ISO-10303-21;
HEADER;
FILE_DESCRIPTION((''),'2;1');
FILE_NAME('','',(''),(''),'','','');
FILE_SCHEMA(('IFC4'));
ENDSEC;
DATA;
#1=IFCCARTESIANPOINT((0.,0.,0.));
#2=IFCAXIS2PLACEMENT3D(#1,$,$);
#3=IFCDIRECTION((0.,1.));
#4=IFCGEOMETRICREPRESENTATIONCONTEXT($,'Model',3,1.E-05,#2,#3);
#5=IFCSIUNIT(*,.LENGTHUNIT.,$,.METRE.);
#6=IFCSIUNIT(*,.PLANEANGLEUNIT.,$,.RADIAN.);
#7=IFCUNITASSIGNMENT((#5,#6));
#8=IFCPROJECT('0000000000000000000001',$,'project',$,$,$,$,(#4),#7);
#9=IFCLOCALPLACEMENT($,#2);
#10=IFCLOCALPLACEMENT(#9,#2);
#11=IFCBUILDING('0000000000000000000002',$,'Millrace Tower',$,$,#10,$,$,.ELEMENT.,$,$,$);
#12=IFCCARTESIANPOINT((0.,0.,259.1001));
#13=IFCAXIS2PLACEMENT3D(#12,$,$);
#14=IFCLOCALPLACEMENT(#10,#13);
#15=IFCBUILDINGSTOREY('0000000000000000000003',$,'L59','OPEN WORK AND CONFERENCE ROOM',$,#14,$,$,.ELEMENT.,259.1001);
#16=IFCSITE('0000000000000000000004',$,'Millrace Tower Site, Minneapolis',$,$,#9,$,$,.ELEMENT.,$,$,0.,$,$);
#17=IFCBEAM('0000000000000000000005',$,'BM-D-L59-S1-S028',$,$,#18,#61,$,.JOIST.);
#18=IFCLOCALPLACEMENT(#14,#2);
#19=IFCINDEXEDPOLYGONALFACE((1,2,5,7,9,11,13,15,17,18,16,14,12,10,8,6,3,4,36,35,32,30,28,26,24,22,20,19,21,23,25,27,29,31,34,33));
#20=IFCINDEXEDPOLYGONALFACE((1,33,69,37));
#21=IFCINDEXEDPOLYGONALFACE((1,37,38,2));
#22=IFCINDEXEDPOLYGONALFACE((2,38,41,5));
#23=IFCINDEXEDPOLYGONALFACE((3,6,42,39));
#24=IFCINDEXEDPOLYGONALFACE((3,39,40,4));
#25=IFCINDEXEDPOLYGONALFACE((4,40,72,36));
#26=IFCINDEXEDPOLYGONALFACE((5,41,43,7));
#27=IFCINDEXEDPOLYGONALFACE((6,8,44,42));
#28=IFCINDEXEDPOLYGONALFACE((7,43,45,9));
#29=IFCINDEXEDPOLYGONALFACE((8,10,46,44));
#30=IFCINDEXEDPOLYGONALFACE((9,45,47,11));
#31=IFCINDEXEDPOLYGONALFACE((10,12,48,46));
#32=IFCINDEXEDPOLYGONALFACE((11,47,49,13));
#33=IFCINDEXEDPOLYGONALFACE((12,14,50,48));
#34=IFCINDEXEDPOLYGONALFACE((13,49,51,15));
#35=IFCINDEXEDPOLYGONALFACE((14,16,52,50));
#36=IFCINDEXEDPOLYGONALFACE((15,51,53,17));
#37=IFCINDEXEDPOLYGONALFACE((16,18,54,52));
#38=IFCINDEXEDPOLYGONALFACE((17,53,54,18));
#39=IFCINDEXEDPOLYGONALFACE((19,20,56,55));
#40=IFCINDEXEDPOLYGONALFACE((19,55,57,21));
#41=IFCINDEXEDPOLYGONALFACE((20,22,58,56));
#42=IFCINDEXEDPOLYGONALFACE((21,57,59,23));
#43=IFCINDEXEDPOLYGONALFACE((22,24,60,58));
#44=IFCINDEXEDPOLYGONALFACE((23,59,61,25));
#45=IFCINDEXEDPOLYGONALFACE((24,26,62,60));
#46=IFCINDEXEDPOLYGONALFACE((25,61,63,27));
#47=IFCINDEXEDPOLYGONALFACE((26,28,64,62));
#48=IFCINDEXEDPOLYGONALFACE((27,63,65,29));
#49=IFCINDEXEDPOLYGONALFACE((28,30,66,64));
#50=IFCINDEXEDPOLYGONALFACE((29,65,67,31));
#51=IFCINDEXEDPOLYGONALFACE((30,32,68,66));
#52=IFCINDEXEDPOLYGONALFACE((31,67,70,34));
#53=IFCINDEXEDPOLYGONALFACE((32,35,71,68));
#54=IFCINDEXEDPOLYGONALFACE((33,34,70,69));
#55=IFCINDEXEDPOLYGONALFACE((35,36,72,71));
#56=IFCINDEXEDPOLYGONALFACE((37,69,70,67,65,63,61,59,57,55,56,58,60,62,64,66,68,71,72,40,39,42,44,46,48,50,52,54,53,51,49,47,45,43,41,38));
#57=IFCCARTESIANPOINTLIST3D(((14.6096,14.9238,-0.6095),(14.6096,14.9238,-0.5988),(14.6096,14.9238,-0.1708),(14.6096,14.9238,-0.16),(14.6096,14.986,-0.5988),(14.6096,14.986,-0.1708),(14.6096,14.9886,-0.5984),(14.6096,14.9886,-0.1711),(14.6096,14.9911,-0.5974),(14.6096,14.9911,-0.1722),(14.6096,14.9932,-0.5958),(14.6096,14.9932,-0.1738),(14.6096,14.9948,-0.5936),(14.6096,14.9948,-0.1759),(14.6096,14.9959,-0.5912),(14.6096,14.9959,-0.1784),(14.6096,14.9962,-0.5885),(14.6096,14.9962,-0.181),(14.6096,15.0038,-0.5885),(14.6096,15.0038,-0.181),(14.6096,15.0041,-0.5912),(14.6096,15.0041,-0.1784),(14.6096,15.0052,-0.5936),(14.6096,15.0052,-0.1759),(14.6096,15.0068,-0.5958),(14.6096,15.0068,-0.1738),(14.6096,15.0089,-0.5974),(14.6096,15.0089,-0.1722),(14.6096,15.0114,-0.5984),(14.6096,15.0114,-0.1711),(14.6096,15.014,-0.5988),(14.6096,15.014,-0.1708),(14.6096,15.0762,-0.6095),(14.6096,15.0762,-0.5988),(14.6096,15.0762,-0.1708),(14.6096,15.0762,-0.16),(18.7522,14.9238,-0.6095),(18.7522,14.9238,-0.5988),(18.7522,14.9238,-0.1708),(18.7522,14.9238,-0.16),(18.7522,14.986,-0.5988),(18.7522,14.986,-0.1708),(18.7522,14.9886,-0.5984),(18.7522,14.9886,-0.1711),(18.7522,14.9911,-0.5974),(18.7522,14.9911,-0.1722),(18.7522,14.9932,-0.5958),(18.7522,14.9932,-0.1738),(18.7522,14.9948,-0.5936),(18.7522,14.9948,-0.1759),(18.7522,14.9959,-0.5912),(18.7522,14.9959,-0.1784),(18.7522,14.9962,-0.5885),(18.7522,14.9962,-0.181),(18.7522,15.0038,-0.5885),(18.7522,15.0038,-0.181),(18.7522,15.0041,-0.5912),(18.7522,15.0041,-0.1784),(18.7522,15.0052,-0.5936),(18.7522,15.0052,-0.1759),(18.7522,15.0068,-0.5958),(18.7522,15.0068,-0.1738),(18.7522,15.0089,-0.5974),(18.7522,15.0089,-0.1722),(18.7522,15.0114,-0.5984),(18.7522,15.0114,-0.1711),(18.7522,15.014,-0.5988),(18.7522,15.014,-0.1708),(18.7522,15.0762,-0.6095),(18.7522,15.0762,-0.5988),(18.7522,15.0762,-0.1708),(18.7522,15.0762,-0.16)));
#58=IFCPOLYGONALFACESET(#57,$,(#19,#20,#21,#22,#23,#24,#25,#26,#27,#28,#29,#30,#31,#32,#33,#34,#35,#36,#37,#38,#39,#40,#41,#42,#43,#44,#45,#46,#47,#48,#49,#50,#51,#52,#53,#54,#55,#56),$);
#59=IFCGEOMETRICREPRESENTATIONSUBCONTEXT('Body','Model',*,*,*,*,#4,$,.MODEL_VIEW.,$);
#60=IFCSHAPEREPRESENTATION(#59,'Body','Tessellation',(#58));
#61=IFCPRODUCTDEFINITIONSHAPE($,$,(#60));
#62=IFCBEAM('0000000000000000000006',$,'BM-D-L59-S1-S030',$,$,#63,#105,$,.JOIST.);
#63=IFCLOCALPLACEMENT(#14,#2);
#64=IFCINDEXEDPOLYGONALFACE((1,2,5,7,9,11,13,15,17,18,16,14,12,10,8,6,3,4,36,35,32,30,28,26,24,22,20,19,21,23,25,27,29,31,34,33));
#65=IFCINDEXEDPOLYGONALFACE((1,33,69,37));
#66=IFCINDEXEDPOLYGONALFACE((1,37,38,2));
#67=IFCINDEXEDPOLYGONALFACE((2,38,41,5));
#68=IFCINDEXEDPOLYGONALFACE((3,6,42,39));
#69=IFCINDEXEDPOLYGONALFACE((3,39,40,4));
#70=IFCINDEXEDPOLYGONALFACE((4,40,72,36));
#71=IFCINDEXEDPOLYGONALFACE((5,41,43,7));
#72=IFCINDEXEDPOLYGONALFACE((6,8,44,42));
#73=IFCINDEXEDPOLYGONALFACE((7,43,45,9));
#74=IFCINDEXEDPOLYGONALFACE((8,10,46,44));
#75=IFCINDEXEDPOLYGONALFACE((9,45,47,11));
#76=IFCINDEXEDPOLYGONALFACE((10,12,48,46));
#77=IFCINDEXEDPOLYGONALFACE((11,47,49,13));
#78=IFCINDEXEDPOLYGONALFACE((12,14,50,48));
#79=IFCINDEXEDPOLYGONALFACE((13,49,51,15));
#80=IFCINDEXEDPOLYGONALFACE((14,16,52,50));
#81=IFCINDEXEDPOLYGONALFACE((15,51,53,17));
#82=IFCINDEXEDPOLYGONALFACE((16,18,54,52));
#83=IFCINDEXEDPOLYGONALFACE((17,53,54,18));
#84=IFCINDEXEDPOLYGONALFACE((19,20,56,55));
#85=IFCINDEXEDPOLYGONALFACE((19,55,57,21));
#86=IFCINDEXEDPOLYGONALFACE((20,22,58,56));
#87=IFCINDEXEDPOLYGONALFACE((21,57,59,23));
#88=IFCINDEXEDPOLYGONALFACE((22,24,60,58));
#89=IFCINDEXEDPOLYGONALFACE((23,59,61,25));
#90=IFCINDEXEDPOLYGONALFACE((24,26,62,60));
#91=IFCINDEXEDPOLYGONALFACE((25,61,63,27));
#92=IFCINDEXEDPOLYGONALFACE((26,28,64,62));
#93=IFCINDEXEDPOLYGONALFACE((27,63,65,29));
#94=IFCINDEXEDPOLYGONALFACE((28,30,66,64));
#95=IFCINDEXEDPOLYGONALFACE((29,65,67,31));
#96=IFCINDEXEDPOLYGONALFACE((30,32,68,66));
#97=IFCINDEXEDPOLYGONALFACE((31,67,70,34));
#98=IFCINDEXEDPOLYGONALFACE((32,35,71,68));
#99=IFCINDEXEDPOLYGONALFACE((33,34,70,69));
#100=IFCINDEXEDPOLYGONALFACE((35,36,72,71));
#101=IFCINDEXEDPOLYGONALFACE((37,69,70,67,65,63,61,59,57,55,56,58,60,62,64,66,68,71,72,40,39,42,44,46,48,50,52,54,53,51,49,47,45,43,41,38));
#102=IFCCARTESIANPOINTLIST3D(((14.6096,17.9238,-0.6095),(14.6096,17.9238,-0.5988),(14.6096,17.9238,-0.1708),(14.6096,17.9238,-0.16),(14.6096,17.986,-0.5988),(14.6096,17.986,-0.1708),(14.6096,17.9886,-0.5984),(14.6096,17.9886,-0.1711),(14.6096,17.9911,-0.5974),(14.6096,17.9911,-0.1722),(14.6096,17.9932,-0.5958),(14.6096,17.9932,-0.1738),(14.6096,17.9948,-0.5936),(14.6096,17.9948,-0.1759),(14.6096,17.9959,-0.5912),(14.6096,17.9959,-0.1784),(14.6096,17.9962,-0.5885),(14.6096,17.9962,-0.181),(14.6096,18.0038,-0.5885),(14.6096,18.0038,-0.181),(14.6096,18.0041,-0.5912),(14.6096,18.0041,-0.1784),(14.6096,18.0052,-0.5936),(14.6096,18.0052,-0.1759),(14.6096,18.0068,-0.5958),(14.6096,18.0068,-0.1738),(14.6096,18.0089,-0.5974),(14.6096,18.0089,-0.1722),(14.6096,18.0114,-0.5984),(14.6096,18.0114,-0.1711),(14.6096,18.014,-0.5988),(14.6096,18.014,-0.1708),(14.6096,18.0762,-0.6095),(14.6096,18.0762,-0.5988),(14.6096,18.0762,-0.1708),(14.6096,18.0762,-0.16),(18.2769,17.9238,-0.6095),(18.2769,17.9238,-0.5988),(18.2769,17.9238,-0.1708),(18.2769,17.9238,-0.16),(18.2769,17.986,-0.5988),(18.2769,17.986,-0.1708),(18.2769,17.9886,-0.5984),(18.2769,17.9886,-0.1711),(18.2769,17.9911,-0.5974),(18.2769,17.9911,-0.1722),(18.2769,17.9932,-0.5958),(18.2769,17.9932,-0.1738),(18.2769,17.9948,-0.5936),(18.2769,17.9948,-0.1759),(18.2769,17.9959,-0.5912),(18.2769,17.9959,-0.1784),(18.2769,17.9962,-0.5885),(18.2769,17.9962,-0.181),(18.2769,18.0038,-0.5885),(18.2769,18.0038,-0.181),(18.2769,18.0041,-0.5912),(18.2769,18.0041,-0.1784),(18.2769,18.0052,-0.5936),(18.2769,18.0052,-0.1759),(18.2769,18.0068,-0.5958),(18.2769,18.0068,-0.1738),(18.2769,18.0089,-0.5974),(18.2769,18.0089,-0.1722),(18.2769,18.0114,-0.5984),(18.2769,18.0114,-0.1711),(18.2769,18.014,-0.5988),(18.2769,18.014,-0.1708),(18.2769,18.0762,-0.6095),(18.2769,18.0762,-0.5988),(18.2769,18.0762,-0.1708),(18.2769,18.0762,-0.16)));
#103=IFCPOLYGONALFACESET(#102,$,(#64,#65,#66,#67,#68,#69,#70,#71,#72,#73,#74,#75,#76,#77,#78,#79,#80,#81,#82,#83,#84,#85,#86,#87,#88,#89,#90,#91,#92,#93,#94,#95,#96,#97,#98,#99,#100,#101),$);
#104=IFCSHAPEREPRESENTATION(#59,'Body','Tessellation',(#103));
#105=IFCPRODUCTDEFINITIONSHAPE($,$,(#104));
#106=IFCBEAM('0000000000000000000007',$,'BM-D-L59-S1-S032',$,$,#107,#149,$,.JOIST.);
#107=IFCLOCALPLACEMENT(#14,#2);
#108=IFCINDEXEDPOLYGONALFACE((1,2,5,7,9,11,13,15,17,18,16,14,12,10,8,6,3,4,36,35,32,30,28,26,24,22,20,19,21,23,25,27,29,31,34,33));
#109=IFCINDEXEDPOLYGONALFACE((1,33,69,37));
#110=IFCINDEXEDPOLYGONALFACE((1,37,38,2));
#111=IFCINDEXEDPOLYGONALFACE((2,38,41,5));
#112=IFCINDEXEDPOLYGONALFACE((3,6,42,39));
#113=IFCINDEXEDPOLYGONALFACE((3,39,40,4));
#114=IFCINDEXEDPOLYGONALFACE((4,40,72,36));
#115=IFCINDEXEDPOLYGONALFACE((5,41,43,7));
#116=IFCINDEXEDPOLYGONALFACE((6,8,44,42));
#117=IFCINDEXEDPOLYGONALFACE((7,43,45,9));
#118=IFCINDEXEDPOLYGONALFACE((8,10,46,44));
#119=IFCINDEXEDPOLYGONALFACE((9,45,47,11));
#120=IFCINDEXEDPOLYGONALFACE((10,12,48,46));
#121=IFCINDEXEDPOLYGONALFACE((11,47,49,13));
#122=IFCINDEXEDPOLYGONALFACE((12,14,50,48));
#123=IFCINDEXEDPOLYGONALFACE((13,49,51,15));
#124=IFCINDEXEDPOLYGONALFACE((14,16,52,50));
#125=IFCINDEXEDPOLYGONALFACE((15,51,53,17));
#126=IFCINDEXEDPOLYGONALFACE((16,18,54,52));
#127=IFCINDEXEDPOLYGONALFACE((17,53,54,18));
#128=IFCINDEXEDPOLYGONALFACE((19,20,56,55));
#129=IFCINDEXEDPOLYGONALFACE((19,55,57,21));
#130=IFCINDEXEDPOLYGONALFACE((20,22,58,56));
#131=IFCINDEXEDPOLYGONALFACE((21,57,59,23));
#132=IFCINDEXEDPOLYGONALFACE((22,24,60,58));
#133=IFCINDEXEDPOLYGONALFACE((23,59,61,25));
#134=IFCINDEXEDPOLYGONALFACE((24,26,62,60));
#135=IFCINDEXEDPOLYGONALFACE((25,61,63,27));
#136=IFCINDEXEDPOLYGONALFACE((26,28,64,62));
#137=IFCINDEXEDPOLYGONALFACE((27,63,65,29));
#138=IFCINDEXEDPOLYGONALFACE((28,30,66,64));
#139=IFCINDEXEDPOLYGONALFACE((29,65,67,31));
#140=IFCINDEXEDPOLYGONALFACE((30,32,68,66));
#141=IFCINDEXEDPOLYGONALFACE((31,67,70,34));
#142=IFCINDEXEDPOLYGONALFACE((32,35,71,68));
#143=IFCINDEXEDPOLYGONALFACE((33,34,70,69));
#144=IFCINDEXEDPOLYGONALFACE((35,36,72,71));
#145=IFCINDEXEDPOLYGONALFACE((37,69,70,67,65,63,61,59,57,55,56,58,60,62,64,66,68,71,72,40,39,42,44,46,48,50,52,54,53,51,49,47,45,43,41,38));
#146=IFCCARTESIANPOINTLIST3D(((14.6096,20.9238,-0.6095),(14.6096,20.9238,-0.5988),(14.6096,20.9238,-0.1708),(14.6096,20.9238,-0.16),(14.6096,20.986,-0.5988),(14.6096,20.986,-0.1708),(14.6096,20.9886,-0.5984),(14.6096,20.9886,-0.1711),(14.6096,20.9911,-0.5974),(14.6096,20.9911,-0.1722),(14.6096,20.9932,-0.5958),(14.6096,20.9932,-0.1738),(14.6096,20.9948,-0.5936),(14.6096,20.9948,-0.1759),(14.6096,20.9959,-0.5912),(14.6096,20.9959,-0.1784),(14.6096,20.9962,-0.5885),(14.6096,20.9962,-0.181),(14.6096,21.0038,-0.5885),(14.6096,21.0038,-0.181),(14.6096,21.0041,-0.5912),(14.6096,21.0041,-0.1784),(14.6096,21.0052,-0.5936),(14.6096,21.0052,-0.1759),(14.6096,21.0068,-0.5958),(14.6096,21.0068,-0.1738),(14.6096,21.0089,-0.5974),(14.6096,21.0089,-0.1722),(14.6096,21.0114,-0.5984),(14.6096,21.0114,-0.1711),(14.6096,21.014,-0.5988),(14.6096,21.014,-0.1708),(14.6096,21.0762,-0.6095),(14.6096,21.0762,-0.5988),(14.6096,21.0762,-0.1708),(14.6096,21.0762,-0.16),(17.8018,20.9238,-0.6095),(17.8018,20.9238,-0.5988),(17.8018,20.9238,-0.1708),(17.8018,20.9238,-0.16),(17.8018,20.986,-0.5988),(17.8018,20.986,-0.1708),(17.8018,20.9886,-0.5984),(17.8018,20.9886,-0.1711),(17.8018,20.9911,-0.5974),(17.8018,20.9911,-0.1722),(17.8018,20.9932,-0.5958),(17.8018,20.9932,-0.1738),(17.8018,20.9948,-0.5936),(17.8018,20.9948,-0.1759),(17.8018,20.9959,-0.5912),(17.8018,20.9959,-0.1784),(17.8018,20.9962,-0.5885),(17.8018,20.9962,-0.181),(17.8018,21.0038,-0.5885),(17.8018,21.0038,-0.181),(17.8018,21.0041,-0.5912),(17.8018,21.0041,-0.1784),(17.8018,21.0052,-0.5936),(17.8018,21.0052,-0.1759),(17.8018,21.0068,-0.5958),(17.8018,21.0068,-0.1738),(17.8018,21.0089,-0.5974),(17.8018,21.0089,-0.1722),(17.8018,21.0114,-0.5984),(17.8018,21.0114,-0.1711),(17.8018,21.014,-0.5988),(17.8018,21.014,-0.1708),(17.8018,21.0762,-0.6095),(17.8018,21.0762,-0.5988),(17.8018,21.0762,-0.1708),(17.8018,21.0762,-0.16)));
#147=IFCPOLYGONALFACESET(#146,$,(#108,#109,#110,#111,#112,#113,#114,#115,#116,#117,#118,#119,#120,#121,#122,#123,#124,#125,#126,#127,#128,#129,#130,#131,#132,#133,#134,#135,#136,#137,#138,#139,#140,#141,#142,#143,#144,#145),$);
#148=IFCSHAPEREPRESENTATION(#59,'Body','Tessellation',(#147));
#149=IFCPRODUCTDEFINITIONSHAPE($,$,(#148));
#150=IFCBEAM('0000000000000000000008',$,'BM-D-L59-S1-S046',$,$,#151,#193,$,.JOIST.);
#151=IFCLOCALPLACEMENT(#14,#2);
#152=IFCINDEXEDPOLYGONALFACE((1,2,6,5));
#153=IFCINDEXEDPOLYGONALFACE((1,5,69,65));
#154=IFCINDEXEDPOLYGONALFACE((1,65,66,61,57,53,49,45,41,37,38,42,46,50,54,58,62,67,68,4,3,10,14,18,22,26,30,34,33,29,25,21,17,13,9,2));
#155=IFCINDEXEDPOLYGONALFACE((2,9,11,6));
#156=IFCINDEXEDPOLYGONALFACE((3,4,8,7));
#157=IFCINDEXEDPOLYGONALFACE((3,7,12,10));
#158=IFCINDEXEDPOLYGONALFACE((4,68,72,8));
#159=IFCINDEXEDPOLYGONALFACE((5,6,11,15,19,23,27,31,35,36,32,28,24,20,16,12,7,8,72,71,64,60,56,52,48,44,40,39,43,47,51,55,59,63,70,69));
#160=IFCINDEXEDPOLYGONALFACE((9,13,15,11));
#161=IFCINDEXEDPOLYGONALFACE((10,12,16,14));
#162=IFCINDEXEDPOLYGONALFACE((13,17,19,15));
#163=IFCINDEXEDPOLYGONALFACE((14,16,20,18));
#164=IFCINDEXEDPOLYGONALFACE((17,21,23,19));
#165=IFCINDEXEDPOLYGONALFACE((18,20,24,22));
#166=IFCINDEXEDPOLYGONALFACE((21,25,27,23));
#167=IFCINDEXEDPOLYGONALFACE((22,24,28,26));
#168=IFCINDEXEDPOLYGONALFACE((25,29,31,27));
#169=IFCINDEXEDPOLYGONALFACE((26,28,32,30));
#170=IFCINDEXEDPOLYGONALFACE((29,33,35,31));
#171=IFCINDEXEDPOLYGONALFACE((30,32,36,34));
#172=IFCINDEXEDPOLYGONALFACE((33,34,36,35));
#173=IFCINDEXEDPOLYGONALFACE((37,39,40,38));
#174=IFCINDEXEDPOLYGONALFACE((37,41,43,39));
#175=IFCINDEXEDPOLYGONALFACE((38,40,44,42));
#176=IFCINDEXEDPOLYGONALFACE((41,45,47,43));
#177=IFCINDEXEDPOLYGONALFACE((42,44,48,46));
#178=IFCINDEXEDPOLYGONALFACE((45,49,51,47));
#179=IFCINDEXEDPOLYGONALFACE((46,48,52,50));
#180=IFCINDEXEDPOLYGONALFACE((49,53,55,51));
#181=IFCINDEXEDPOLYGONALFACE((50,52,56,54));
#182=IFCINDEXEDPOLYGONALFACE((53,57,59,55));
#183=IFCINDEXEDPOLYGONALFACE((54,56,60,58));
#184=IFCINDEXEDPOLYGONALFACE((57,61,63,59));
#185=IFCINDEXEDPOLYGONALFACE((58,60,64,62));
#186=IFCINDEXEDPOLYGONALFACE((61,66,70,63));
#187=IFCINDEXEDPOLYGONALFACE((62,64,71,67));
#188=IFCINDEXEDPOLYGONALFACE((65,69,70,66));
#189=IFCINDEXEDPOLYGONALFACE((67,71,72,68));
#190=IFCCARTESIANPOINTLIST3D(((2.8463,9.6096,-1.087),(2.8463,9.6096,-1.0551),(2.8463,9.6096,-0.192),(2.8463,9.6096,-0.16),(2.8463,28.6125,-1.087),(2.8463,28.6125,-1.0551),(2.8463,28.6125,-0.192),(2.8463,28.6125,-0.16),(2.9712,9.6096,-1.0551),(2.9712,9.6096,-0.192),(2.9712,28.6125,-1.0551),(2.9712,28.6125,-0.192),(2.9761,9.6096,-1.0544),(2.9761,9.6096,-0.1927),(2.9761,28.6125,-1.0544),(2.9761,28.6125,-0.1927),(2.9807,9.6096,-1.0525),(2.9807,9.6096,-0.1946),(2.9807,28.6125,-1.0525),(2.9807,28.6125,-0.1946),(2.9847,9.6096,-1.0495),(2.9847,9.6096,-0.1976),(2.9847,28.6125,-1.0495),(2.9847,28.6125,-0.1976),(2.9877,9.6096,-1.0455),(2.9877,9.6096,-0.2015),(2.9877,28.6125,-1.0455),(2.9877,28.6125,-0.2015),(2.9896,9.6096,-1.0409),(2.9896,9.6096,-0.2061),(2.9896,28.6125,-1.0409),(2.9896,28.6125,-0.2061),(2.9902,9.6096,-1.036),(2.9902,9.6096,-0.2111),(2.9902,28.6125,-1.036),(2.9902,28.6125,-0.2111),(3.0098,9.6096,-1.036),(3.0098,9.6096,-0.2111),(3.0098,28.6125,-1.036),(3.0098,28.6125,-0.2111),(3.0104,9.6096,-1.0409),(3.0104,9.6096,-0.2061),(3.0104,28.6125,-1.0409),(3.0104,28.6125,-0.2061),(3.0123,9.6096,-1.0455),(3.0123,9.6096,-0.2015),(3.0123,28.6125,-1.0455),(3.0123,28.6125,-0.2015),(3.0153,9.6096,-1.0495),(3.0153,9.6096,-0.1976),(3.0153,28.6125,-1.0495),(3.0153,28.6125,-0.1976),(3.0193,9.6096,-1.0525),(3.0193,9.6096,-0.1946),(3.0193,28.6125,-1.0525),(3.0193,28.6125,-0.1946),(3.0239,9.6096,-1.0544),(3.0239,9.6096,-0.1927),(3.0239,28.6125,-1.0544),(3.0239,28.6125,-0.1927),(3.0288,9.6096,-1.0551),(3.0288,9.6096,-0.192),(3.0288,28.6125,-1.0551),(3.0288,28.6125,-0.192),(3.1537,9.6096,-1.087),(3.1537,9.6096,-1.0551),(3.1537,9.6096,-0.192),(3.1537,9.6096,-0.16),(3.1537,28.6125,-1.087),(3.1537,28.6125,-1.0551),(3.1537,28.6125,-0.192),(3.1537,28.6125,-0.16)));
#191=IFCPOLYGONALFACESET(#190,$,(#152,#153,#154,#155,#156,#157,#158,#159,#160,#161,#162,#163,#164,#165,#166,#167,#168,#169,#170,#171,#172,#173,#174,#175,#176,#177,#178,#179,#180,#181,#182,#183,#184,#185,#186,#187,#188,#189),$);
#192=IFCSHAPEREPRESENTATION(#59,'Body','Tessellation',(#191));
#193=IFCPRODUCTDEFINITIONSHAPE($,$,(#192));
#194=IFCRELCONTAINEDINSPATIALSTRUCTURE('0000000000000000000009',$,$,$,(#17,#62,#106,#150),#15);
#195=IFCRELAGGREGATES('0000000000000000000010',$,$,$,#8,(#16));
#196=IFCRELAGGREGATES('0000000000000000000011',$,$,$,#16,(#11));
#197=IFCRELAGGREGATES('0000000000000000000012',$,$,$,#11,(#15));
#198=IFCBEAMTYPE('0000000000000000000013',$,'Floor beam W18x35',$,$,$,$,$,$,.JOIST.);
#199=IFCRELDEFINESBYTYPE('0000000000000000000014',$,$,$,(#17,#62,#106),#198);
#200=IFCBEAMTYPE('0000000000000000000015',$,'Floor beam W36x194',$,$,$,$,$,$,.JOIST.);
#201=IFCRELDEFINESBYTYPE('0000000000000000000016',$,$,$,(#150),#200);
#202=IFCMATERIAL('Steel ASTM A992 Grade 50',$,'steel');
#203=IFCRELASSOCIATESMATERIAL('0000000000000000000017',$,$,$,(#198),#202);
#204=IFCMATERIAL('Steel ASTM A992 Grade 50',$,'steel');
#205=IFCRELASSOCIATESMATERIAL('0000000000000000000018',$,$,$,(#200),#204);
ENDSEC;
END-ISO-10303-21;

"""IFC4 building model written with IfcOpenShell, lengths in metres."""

from ifc_helpers import new_model, si_unit, direction, frame, origin, origin_2d, place, context, subcontext, project, spatial, i_section, extrude, material, material_profile, profile_set, type_object, element, save


model = new_model("IFC4")

# Units and contexts
model_context = context("Model", 3, precision=1e-05, world=origin(), true_north=direction((0.0, 1.0)))
body_context = subcontext(model_context, "Body", "Model", "MODEL_VIEW")
ifc_project = project(units=[si_unit("LENGTHUNIT", "METRE"), si_unit("PLANEANGLEUNIT", "RADIAN")], contexts=[model_context])

# Site, building, storey
site_placement = place(None, origin())
site = spatial("IfcSite", under=ifc_project, at=site_placement, Name="Millrace Tower Site, Minneapolis", CompositionType="ELEMENT", RefElevation=0.0)
building_placement = place(site_placement, origin())
building = spatial("IfcBuilding", under=site, at=building_placement, Name="Millrace Tower", CompositionType="ELEMENT")
storey_placement = place(building_placement, frame((0.0, 0.0, 259.1001)))
storey = spatial("IfcBuildingStorey", under=building, at=storey_placement, Name="L59", Description="OPEN WORK AND CONFERENCE ROOM", CompositionType="ELEMENT", Elevation=259.1001)

# Beams
ifc_material_1 = material(Name="Steel ASTM A992 Grade 50", Category="steel")
ifc_material_profile_1 = material_profile(ifc_material_1, i_section(OverallWidth=0.1523, OverallDepth=0.4495, WebThickness=0.0076, FlangeThickness=0.0107, FilletRadius=0.0103, at=origin_2d()))
ifc_profile_set_1 = profile_set([ifc_material_profile_1], Name="Steel ASTM A992 Grade 50")
beam_type_1 = type_object("IfcBeamType", Name="Floor beam W18x35", PredefinedType="JOIST", material=ifc_profile_set_1)
beam_1_placement = place(storey_placement, frame((14.6096, 15.0, -0.3848), z_axis=(1.0, 0.0, 0.0), x_axis=(0.0, 1.0, 0.0)))
element("IfcBeam", 1, at=beam_1_placement, inside=storey, type_object=beam_type_1, Name="BM-D-L59-S1-S028", PredefinedType="JOIST", context=body_context, shape_type="SweptSolid", body=[
    extrude(i_section(OverallWidth=0.1523, OverallDepth=0.4495, WebThickness=0.0076, FlangeThickness=0.0107, FilletRadius=0.0103, at=origin_2d()), origin(), (0.0, 0.0, 1.0), 4.1426),
])
beam_2_placement = place(storey_placement, frame((14.6096, 18.0, -0.3848), z_axis=(1.0, 0.0, 0.0), x_axis=(0.0, 1.0, 0.0)))
element("IfcBeam", 2, at=beam_2_placement, inside=storey, type_object=beam_type_1, Name="BM-D-L59-S1-S030", PredefinedType="JOIST", context=body_context, shape_type="SweptSolid", body=[
    extrude(i_section(OverallWidth=0.1523, OverallDepth=0.4495, WebThickness=0.0076, FlangeThickness=0.0107, FilletRadius=0.0103, at=origin_2d()), origin(), (0.0, 0.0, 1.0), 3.6672),
])
beam_3_placement = place(storey_placement, frame((14.6096, 21.0, -0.3848), z_axis=(1.0, 0.0, 0.0), x_axis=(0.0, 1.0, 0.0)))
element("IfcBeam", 3, at=beam_3_placement, inside=storey, type_object=beam_type_1, Name="BM-D-L59-S1-S032", PredefinedType="JOIST", context=body_context, shape_type="SweptSolid", body=[
    extrude(i_section(OverallWidth=0.1523, OverallDepth=0.4495, WebThickness=0.0076, FlangeThickness=0.0107, FilletRadius=0.0103, at=origin_2d()), origin(), (0.0, 0.0, 1.0), 3.1921),
])
ifc_material_2 = material(Name="Steel ASTM A992 Grade 50", Category="steel")
ifc_material_profile_2 = material_profile(ifc_material_2, i_section(OverallWidth=0.3074, OverallDepth=0.927, WebThickness=0.0195, FlangeThickness=0.032, FilletRadius=0.019, at=origin_2d()))
ifc_profile_set_2 = profile_set([ifc_material_profile_2], Name="Steel ASTM A992 Grade 50")
beam_type_2 = type_object("IfcBeamType", Name="Floor beam W36x194", PredefinedType="JOIST", material=ifc_profile_set_2)
beam_4_placement = place(storey_placement, frame((3.0, 9.6096, -0.6235), z_axis=(0.0, 1.0, 0.0), x_axis=(-1.0, 0.0, 0.0)))
element("IfcBeam", 4, at=beam_4_placement, inside=storey, type_object=beam_type_2, Name="BM-D-L59-S1-S046", PredefinedType="JOIST", context=body_context, shape_type="SweptSolid", body=[
    extrude(i_section(OverallWidth=0.3074, OverallDepth=0.927, WebThickness=0.0195, FlangeThickness=0.032, FilletRadius=0.019, at=origin_2d()), origin(), (0.0, 0.0, 1.0), 19.0029),
])

save(model, "model.ifc")
